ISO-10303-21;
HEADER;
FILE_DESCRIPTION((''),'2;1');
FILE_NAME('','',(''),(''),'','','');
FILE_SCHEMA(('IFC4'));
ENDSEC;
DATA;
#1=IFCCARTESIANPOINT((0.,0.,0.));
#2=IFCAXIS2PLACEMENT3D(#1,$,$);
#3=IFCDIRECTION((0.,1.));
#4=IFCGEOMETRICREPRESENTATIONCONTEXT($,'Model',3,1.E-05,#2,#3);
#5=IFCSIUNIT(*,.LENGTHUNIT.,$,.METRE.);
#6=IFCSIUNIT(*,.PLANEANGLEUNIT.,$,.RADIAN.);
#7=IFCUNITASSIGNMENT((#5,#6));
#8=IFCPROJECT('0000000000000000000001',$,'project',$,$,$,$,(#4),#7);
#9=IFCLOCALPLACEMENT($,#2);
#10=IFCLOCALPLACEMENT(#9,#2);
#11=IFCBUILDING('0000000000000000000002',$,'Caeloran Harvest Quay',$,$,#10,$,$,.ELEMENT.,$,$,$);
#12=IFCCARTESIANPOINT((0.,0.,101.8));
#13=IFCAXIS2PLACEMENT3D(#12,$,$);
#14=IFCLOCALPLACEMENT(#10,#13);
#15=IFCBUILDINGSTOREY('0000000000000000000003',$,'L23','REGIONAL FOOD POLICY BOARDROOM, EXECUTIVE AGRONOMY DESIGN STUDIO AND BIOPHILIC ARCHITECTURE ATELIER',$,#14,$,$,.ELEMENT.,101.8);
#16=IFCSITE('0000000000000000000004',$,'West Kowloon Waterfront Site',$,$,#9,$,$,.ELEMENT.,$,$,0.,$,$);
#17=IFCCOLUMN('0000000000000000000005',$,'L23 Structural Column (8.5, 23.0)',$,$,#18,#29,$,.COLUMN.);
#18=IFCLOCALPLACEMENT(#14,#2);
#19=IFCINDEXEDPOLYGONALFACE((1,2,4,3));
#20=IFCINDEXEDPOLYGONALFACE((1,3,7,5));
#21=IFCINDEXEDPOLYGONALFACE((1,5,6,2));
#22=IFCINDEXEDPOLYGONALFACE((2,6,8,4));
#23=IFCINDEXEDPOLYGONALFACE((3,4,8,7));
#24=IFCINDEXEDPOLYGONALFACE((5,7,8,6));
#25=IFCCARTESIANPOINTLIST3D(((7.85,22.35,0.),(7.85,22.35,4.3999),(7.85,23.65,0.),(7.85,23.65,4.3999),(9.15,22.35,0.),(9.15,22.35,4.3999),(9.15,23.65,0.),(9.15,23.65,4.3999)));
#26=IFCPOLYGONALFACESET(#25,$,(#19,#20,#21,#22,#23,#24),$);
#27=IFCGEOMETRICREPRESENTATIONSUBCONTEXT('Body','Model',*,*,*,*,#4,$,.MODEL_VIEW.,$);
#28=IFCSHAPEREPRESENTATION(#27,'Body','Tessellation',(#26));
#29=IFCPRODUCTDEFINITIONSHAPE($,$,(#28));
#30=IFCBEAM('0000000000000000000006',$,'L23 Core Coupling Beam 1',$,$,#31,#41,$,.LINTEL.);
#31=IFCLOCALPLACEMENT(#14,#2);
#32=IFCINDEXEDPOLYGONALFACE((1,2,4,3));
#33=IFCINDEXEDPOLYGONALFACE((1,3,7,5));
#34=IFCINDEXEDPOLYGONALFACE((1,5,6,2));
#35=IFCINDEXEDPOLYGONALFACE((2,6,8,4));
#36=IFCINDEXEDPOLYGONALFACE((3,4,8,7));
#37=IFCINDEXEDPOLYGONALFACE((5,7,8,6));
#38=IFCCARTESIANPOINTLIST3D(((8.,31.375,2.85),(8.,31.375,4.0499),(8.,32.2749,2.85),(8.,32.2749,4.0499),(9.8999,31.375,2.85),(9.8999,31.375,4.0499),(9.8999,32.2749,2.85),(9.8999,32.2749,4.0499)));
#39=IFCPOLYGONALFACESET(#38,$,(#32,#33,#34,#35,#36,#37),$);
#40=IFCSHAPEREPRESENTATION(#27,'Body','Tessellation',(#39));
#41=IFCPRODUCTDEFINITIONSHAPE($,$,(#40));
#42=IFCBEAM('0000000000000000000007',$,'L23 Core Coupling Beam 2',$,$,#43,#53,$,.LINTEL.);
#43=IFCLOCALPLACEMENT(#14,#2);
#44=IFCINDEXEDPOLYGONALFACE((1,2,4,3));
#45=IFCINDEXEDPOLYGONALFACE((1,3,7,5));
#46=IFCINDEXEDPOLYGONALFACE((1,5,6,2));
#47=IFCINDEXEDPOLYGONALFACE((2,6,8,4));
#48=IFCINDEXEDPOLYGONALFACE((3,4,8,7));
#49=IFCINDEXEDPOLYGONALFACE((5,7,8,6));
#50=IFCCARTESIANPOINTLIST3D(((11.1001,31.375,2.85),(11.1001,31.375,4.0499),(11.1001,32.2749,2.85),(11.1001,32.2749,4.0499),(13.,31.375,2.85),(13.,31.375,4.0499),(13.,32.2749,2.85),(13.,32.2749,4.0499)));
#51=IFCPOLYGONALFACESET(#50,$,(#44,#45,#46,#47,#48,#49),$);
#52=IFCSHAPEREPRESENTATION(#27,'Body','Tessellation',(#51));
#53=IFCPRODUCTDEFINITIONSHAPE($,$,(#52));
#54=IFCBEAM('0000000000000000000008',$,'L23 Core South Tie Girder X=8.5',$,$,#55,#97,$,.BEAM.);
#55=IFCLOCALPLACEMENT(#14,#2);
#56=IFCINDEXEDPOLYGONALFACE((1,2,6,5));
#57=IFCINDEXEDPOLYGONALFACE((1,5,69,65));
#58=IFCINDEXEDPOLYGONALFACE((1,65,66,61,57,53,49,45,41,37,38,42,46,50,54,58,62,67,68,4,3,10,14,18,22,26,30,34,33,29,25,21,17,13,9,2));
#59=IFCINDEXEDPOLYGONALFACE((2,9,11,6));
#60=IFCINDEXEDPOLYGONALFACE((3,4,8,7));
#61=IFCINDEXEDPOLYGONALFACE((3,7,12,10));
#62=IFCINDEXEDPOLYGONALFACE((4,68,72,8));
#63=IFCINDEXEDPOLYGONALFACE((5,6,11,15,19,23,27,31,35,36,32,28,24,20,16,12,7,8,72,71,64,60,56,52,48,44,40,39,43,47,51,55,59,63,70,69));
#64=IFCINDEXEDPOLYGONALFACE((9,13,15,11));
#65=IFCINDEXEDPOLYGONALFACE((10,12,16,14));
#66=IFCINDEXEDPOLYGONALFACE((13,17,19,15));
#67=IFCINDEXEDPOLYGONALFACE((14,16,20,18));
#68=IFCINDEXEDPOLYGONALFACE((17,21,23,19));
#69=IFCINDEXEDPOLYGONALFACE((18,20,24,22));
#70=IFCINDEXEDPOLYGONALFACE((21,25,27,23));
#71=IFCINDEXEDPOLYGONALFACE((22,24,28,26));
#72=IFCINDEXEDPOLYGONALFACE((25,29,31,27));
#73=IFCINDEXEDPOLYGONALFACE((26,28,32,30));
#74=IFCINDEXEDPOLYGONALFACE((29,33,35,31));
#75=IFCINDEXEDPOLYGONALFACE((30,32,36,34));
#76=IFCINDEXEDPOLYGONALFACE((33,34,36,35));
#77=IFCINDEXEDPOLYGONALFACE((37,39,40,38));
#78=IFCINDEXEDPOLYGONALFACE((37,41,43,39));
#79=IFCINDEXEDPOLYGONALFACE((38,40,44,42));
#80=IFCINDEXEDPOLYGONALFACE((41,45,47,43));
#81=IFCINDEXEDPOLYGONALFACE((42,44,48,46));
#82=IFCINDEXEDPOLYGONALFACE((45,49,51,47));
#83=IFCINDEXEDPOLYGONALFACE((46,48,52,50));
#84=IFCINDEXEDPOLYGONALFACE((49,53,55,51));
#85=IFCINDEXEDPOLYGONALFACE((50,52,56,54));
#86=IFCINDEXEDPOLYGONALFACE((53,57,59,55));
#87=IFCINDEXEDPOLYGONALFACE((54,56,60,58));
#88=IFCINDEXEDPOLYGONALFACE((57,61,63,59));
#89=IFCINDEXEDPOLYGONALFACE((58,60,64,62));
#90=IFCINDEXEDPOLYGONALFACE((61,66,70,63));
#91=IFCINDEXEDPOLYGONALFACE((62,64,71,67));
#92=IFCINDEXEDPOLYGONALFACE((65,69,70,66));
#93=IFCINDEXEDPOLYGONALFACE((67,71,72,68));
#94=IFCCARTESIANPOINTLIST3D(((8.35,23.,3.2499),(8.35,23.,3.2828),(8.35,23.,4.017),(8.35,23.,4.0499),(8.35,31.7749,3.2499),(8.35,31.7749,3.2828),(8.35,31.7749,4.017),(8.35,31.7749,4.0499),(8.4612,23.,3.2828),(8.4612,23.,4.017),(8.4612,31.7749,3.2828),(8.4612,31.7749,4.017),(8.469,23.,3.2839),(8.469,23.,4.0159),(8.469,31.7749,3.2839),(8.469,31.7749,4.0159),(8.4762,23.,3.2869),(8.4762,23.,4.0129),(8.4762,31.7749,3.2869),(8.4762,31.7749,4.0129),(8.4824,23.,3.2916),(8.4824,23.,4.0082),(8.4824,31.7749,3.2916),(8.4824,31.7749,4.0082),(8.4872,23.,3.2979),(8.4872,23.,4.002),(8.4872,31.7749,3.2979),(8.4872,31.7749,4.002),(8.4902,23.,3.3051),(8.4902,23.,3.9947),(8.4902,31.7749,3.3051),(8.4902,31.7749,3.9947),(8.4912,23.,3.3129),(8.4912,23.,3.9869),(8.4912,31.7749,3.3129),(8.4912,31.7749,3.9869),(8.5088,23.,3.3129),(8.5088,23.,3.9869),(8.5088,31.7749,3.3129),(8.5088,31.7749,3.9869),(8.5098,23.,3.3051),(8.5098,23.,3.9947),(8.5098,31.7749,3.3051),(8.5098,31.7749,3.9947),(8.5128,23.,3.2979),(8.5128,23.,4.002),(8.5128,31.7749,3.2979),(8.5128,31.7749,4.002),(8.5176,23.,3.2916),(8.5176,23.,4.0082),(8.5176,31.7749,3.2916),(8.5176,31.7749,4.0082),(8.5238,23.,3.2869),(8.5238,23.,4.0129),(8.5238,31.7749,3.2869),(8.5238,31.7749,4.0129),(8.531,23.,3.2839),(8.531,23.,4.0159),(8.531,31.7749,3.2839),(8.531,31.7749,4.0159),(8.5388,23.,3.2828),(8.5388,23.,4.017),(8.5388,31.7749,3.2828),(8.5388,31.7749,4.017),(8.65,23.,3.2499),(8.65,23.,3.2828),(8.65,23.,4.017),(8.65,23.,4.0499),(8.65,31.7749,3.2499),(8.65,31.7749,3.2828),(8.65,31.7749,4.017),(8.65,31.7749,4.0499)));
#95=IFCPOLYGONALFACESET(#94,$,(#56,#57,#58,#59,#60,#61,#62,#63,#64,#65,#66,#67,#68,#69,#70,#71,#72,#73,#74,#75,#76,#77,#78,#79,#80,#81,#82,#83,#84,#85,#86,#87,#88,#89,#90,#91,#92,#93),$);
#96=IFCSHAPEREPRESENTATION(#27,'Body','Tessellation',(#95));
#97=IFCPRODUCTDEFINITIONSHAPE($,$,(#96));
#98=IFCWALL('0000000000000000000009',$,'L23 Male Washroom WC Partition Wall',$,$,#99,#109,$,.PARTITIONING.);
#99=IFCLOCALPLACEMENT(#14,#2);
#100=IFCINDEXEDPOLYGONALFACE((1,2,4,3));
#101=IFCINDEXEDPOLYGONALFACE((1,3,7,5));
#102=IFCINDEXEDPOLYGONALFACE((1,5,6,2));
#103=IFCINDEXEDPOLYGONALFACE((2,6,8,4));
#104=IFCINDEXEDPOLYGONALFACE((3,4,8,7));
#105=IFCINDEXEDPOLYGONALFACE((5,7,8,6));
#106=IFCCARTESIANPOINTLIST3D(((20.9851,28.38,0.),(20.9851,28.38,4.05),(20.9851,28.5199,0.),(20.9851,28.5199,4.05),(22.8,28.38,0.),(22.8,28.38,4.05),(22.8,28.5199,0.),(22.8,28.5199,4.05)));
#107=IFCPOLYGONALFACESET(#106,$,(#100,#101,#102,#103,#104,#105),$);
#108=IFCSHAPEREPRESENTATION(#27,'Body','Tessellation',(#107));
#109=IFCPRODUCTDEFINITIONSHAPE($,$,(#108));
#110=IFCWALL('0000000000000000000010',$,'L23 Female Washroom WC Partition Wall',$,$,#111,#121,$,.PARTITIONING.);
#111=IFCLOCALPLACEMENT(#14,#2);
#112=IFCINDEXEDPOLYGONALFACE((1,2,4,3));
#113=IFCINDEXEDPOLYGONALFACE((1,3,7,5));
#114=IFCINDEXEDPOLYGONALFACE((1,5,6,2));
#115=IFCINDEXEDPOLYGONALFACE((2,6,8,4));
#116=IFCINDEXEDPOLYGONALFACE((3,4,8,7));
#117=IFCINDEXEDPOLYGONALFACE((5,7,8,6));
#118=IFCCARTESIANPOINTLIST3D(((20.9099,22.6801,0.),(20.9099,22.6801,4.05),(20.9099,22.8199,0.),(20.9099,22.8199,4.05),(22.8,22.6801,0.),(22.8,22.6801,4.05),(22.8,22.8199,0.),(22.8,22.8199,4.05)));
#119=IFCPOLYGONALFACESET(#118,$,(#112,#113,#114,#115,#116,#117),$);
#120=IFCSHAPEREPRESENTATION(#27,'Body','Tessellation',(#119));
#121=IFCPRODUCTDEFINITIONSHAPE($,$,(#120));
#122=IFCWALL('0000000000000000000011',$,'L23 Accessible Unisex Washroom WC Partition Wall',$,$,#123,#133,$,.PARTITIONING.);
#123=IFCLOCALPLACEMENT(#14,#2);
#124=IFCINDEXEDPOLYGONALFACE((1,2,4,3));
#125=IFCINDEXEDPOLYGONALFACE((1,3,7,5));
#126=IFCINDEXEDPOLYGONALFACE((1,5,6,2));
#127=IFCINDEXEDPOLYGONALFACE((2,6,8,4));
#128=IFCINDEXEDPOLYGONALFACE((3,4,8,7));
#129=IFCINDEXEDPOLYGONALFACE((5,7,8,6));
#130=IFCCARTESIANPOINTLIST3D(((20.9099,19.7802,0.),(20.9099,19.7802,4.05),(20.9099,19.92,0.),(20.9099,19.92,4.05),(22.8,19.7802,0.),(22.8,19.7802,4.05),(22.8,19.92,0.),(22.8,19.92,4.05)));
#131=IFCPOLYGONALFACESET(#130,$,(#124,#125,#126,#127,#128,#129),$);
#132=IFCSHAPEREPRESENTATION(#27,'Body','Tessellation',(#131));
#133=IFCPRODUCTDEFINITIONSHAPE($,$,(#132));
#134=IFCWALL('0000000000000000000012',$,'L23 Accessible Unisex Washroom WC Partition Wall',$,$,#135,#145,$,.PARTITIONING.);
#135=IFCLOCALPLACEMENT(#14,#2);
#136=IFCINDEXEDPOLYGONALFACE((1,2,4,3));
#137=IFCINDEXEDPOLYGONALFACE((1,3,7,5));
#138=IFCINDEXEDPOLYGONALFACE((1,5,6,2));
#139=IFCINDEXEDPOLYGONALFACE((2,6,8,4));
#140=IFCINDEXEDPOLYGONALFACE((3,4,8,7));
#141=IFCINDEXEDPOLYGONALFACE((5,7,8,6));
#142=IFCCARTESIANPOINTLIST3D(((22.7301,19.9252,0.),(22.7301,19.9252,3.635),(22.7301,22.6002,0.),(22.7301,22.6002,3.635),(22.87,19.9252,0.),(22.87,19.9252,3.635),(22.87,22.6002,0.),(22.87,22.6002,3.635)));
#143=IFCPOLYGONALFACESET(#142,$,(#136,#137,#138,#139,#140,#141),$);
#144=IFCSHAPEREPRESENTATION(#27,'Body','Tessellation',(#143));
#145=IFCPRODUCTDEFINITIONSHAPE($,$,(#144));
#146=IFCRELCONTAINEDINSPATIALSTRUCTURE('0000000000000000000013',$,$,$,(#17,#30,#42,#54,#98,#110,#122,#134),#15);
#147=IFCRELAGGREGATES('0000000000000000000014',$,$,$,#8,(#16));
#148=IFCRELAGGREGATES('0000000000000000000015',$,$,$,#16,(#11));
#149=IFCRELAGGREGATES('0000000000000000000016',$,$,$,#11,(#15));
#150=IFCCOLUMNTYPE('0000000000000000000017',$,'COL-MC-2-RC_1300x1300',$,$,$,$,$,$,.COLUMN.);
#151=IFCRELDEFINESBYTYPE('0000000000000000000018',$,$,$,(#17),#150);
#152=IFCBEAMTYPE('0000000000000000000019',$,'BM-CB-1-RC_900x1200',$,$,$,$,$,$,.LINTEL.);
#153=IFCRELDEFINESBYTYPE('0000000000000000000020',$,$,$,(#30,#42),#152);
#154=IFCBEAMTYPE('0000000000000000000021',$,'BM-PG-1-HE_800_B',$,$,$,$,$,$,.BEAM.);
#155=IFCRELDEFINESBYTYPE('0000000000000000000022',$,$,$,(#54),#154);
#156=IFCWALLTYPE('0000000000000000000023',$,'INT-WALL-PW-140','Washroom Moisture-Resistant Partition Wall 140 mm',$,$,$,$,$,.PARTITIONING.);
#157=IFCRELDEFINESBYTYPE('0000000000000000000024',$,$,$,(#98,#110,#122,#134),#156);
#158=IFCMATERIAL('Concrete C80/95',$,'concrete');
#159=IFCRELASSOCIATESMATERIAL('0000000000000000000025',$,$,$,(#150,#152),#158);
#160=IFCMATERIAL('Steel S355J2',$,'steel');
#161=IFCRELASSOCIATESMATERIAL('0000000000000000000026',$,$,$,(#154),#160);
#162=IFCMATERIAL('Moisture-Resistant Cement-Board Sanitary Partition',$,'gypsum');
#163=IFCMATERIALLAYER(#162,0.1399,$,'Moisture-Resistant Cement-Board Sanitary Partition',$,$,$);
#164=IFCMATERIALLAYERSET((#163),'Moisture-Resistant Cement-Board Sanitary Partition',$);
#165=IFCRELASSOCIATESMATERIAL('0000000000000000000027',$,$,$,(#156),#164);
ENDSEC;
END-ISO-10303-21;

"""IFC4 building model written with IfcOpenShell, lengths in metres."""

from ifc_helpers import new_model, si_unit, direction, frame, frame_2d, origin, origin_2d, place, context, subcontext, project, spatial, rectangle, i_section, extrude, material, layer, layer_set, material_profile, profile_set, type_object, element, save


model = new_model("IFC4")

# Units and contexts
model_context = context("Model", 3, precision=1e-05, world=origin(), true_north=direction((0.0, 1.0)))
body_context = subcontext(model_context, "Body", "Model", "MODEL_VIEW")
ifc_project = project(units=[si_unit("LENGTHUNIT", "METRE"), si_unit("PLANEANGLEUNIT", "RADIAN")], contexts=[model_context])

# Site, building, storey
site_placement = place(None, origin())
site = spatial("IfcSite", under=ifc_project, at=site_placement, Name="West Kowloon Waterfront Site", CompositionType="ELEMENT", RefElevation=0.0)
building_placement = place(site_placement, origin())
building = spatial("IfcBuilding", under=site, at=building_placement, Name="Caeloran Harvest Quay", CompositionType="ELEMENT")
storey_placement = place(building_placement, frame((0.0, 0.0, 101.8)))
storey = spatial("IfcBuildingStorey", under=building, at=storey_placement, Name="L23", Description="REGIONAL FOOD POLICY BOARDROOM, EXECUTIVE AGRONOMY DESIGN STUDIO AND BIOPHILIC ARCHITECTURE ATELIER", CompositionType="ELEMENT", Elevation=101.8)

# Column
ifc_material_1 = material(Name="Concrete C80/95", Category="concrete")
ifc_material_profile_1 = material_profile(ifc_material_1, rectangle(XDim=1.3, YDim=1.3, at=origin_2d()), Name="RC 1300x1300")
ifc_profile_set_1 = profile_set([ifc_material_profile_1], Name="Concrete C80/95")
column_type = type_object("IfcColumnType", Name="COL-MC-2-RC_1300x1300", PredefinedType="COLUMN", material=ifc_profile_set_1)
column_placement = place(storey_placement, frame((8.5, 23.0, 0.0), z_axis=(0.0, 0.0, 1.0), x_axis=(1.0, 0.0, 0.0)))
element("IfcColumn", 1, at=column_placement, inside=storey, type_object=column_type, Name="L23 Structural Column (8.5, 23.0)", PredefinedType="COLUMN", context=body_context, shape_type="SweptSolid", body=[
    extrude(rectangle(XDim=1.3, YDim=1.3, at=origin_2d()), origin(), (0.0, 0.0, 1.0), 4.3999),
])

# Beams
ifc_material_profile_2 = material_profile(ifc_material_1, rectangle(XDim=0.8999, YDim=1.2, at=origin_2d()), Name="RC 900x1200")
ifc_profile_set_2 = profile_set([ifc_material_profile_2], Name="Concrete C80/95")
beam_type_1 = type_object("IfcBeamType", Name="BM-CB-1-RC_900x1200", PredefinedType="LINTEL", material=ifc_profile_set_2)
for number, where, z_axis, x_axis, name in (
    (2, (8.0, 31.825, 3.45), (1.0, 0.0, 0.0), (0.0, 1.0, 0.0), "L23 Core Coupling Beam 1"),
    (3, (11.1001, 31.825, 3.45), (1.0, 0.0, 0.0), (0.0, 1.0, 0.0), "L23 Core Coupling Beam 2"),
):
    element("IfcBeam", number, at=place(storey_placement, frame(where, z_axis=z_axis, x_axis=x_axis)), inside=storey, type_object=beam_type_1, Name=name, PredefinedType="LINTEL", context=body_context, shape_type="SweptSolid", body=[
        extrude(rectangle(XDim=0.8999, YDim=1.2, at=origin_2d()), origin(), (0.0, 0.0, 1.0), 1.8999),
    ])
ifc_material_2 = material(Name="Steel S355J2", Category="steel")
ifc_material_profile_3 = material_profile(ifc_material_2, i_section(OverallWidth=0.3, OverallDepth=0.8, WebThickness=0.0176, FlangeThickness=0.033, FilletRadius=0.03, at=origin_2d()), Name="HE 800 B")
ifc_profile_set_3 = profile_set([ifc_material_profile_3], Name="Steel S355J2")
beam_type_2 = type_object("IfcBeamType", Name="BM-PG-1-HE_800_B", PredefinedType="BEAM", material=ifc_profile_set_3)
beam_placement = place(storey_placement, frame((8.5, 23.0, 3.6499), z_axis=(0.0, 1.0, 0.0), x_axis=(-1.0, 0.0, 0.0)))
element("IfcBeam", 4, at=beam_placement, inside=storey, type_object=beam_type_2, Name="L23 Core South Tie Girder X=8.5", PredefinedType="BEAM", context=body_context, shape_type="SweptSolid", body=[
    extrude(i_section(OverallWidth=0.3, OverallDepth=0.8, WebThickness=0.0176, FlangeThickness=0.033, FilletRadius=0.03, at=origin_2d()), origin(), (0.0, 0.0, 1.0), 8.7749),
])

# Shared definitions
ifc_material_3 = material(Name="Moisture-Resistant Cement-Board Sanitary Partition", Category="gypsum")
ifc_layer_1 = layer(ifc_material_3, 0.1399, Name="Moisture-Resistant Cement-Board Sanitary Partition")
ifc_layer_set_1 = layer_set([ifc_layer_1], Name="Moisture-Resistant Cement-Board Sanitary Partition")
wall_type_1 = type_object("IfcWallType", Name="INT-WALL-PW-140", Description="Washroom Moisture-Resistant Partition Wall 140 mm", PredefinedType="PARTITIONING", material=ifc_layer_set_1)

# Walls
wall_1_placement = place(storey_placement, frame((20.9851, 28.45, 0.0), z_axis=(0.0, 0.0, 1.0), x_axis=(1.0, 0.0, 0.0)))
element("IfcWall", 5, at=wall_1_placement, inside=storey, type_object=wall_type_1, Name="L23 Male Washroom WC Partition Wall", PredefinedType="PARTITIONING", context=body_context, shape_type="SweptSolid", body=[
    extrude(rectangle(XDim=1.8149, YDim=0.1399, at=frame_2d((0.9075, 0.0))), origin(), (0.0, 0.0, 1.0), 4.05),
])
wall_2_placement = place(storey_placement, frame((22.8, 22.75, 0.0), z_axis=(0.0, 0.0, 1.0), x_axis=(-1.0, 0.0, 0.0)))
element("IfcWall", 6, at=wall_2_placement, inside=storey, type_object=wall_type_1, Name="L23 Female Washroom WC Partition Wall", PredefinedType="PARTITIONING", context=body_context, shape_type="SweptSolid", body=[
    extrude(rectangle(XDim=1.8901, YDim=0.1399, at=frame_2d((0.9451, 0.0))), origin(), (0.0, 0.0, 1.0), 4.05),
])

# Wall
wall_3_placement = place(storey_placement, frame((22.8, 19.8501, 0.0), z_axis=(0.0, 0.0, 1.0), x_axis=(-1.0, 0.0, 0.0)))
element("IfcWall", 7, at=wall_3_placement, inside=storey, type_object=wall_type_1, Name="L23 Accessible Unisex Washroom WC Partition Wall", PredefinedType="PARTITIONING", context=body_context, shape_type="SweptSolid", body=[
    extrude(rectangle(XDim=1.8901, YDim=0.1399, at=frame_2d((0.9451, 0.0))), origin(), (0.0, 0.0, 1.0), 4.05),
])

# Wall
wall_4_placement = place(storey_placement, frame((22.8, 22.6001, 0.0), z_axis=(0.0, 0.0, 1.0), x_axis=(0.0, -1.0, 0.0)))
element("IfcWall", 8, at=wall_4_placement, inside=storey, type_object=wall_type_1, Name="L23 Accessible Unisex Washroom WC Partition Wall", PredefinedType="PARTITIONING", context=body_context, shape_type="SweptSolid", body=[
    extrude(rectangle(XDim=2.675, YDim=0.1399, at=frame_2d((1.3374, 0.0))), origin(), (0.0, 0.0, 1.0), 3.635),
])

save(model, "model.ifc")
